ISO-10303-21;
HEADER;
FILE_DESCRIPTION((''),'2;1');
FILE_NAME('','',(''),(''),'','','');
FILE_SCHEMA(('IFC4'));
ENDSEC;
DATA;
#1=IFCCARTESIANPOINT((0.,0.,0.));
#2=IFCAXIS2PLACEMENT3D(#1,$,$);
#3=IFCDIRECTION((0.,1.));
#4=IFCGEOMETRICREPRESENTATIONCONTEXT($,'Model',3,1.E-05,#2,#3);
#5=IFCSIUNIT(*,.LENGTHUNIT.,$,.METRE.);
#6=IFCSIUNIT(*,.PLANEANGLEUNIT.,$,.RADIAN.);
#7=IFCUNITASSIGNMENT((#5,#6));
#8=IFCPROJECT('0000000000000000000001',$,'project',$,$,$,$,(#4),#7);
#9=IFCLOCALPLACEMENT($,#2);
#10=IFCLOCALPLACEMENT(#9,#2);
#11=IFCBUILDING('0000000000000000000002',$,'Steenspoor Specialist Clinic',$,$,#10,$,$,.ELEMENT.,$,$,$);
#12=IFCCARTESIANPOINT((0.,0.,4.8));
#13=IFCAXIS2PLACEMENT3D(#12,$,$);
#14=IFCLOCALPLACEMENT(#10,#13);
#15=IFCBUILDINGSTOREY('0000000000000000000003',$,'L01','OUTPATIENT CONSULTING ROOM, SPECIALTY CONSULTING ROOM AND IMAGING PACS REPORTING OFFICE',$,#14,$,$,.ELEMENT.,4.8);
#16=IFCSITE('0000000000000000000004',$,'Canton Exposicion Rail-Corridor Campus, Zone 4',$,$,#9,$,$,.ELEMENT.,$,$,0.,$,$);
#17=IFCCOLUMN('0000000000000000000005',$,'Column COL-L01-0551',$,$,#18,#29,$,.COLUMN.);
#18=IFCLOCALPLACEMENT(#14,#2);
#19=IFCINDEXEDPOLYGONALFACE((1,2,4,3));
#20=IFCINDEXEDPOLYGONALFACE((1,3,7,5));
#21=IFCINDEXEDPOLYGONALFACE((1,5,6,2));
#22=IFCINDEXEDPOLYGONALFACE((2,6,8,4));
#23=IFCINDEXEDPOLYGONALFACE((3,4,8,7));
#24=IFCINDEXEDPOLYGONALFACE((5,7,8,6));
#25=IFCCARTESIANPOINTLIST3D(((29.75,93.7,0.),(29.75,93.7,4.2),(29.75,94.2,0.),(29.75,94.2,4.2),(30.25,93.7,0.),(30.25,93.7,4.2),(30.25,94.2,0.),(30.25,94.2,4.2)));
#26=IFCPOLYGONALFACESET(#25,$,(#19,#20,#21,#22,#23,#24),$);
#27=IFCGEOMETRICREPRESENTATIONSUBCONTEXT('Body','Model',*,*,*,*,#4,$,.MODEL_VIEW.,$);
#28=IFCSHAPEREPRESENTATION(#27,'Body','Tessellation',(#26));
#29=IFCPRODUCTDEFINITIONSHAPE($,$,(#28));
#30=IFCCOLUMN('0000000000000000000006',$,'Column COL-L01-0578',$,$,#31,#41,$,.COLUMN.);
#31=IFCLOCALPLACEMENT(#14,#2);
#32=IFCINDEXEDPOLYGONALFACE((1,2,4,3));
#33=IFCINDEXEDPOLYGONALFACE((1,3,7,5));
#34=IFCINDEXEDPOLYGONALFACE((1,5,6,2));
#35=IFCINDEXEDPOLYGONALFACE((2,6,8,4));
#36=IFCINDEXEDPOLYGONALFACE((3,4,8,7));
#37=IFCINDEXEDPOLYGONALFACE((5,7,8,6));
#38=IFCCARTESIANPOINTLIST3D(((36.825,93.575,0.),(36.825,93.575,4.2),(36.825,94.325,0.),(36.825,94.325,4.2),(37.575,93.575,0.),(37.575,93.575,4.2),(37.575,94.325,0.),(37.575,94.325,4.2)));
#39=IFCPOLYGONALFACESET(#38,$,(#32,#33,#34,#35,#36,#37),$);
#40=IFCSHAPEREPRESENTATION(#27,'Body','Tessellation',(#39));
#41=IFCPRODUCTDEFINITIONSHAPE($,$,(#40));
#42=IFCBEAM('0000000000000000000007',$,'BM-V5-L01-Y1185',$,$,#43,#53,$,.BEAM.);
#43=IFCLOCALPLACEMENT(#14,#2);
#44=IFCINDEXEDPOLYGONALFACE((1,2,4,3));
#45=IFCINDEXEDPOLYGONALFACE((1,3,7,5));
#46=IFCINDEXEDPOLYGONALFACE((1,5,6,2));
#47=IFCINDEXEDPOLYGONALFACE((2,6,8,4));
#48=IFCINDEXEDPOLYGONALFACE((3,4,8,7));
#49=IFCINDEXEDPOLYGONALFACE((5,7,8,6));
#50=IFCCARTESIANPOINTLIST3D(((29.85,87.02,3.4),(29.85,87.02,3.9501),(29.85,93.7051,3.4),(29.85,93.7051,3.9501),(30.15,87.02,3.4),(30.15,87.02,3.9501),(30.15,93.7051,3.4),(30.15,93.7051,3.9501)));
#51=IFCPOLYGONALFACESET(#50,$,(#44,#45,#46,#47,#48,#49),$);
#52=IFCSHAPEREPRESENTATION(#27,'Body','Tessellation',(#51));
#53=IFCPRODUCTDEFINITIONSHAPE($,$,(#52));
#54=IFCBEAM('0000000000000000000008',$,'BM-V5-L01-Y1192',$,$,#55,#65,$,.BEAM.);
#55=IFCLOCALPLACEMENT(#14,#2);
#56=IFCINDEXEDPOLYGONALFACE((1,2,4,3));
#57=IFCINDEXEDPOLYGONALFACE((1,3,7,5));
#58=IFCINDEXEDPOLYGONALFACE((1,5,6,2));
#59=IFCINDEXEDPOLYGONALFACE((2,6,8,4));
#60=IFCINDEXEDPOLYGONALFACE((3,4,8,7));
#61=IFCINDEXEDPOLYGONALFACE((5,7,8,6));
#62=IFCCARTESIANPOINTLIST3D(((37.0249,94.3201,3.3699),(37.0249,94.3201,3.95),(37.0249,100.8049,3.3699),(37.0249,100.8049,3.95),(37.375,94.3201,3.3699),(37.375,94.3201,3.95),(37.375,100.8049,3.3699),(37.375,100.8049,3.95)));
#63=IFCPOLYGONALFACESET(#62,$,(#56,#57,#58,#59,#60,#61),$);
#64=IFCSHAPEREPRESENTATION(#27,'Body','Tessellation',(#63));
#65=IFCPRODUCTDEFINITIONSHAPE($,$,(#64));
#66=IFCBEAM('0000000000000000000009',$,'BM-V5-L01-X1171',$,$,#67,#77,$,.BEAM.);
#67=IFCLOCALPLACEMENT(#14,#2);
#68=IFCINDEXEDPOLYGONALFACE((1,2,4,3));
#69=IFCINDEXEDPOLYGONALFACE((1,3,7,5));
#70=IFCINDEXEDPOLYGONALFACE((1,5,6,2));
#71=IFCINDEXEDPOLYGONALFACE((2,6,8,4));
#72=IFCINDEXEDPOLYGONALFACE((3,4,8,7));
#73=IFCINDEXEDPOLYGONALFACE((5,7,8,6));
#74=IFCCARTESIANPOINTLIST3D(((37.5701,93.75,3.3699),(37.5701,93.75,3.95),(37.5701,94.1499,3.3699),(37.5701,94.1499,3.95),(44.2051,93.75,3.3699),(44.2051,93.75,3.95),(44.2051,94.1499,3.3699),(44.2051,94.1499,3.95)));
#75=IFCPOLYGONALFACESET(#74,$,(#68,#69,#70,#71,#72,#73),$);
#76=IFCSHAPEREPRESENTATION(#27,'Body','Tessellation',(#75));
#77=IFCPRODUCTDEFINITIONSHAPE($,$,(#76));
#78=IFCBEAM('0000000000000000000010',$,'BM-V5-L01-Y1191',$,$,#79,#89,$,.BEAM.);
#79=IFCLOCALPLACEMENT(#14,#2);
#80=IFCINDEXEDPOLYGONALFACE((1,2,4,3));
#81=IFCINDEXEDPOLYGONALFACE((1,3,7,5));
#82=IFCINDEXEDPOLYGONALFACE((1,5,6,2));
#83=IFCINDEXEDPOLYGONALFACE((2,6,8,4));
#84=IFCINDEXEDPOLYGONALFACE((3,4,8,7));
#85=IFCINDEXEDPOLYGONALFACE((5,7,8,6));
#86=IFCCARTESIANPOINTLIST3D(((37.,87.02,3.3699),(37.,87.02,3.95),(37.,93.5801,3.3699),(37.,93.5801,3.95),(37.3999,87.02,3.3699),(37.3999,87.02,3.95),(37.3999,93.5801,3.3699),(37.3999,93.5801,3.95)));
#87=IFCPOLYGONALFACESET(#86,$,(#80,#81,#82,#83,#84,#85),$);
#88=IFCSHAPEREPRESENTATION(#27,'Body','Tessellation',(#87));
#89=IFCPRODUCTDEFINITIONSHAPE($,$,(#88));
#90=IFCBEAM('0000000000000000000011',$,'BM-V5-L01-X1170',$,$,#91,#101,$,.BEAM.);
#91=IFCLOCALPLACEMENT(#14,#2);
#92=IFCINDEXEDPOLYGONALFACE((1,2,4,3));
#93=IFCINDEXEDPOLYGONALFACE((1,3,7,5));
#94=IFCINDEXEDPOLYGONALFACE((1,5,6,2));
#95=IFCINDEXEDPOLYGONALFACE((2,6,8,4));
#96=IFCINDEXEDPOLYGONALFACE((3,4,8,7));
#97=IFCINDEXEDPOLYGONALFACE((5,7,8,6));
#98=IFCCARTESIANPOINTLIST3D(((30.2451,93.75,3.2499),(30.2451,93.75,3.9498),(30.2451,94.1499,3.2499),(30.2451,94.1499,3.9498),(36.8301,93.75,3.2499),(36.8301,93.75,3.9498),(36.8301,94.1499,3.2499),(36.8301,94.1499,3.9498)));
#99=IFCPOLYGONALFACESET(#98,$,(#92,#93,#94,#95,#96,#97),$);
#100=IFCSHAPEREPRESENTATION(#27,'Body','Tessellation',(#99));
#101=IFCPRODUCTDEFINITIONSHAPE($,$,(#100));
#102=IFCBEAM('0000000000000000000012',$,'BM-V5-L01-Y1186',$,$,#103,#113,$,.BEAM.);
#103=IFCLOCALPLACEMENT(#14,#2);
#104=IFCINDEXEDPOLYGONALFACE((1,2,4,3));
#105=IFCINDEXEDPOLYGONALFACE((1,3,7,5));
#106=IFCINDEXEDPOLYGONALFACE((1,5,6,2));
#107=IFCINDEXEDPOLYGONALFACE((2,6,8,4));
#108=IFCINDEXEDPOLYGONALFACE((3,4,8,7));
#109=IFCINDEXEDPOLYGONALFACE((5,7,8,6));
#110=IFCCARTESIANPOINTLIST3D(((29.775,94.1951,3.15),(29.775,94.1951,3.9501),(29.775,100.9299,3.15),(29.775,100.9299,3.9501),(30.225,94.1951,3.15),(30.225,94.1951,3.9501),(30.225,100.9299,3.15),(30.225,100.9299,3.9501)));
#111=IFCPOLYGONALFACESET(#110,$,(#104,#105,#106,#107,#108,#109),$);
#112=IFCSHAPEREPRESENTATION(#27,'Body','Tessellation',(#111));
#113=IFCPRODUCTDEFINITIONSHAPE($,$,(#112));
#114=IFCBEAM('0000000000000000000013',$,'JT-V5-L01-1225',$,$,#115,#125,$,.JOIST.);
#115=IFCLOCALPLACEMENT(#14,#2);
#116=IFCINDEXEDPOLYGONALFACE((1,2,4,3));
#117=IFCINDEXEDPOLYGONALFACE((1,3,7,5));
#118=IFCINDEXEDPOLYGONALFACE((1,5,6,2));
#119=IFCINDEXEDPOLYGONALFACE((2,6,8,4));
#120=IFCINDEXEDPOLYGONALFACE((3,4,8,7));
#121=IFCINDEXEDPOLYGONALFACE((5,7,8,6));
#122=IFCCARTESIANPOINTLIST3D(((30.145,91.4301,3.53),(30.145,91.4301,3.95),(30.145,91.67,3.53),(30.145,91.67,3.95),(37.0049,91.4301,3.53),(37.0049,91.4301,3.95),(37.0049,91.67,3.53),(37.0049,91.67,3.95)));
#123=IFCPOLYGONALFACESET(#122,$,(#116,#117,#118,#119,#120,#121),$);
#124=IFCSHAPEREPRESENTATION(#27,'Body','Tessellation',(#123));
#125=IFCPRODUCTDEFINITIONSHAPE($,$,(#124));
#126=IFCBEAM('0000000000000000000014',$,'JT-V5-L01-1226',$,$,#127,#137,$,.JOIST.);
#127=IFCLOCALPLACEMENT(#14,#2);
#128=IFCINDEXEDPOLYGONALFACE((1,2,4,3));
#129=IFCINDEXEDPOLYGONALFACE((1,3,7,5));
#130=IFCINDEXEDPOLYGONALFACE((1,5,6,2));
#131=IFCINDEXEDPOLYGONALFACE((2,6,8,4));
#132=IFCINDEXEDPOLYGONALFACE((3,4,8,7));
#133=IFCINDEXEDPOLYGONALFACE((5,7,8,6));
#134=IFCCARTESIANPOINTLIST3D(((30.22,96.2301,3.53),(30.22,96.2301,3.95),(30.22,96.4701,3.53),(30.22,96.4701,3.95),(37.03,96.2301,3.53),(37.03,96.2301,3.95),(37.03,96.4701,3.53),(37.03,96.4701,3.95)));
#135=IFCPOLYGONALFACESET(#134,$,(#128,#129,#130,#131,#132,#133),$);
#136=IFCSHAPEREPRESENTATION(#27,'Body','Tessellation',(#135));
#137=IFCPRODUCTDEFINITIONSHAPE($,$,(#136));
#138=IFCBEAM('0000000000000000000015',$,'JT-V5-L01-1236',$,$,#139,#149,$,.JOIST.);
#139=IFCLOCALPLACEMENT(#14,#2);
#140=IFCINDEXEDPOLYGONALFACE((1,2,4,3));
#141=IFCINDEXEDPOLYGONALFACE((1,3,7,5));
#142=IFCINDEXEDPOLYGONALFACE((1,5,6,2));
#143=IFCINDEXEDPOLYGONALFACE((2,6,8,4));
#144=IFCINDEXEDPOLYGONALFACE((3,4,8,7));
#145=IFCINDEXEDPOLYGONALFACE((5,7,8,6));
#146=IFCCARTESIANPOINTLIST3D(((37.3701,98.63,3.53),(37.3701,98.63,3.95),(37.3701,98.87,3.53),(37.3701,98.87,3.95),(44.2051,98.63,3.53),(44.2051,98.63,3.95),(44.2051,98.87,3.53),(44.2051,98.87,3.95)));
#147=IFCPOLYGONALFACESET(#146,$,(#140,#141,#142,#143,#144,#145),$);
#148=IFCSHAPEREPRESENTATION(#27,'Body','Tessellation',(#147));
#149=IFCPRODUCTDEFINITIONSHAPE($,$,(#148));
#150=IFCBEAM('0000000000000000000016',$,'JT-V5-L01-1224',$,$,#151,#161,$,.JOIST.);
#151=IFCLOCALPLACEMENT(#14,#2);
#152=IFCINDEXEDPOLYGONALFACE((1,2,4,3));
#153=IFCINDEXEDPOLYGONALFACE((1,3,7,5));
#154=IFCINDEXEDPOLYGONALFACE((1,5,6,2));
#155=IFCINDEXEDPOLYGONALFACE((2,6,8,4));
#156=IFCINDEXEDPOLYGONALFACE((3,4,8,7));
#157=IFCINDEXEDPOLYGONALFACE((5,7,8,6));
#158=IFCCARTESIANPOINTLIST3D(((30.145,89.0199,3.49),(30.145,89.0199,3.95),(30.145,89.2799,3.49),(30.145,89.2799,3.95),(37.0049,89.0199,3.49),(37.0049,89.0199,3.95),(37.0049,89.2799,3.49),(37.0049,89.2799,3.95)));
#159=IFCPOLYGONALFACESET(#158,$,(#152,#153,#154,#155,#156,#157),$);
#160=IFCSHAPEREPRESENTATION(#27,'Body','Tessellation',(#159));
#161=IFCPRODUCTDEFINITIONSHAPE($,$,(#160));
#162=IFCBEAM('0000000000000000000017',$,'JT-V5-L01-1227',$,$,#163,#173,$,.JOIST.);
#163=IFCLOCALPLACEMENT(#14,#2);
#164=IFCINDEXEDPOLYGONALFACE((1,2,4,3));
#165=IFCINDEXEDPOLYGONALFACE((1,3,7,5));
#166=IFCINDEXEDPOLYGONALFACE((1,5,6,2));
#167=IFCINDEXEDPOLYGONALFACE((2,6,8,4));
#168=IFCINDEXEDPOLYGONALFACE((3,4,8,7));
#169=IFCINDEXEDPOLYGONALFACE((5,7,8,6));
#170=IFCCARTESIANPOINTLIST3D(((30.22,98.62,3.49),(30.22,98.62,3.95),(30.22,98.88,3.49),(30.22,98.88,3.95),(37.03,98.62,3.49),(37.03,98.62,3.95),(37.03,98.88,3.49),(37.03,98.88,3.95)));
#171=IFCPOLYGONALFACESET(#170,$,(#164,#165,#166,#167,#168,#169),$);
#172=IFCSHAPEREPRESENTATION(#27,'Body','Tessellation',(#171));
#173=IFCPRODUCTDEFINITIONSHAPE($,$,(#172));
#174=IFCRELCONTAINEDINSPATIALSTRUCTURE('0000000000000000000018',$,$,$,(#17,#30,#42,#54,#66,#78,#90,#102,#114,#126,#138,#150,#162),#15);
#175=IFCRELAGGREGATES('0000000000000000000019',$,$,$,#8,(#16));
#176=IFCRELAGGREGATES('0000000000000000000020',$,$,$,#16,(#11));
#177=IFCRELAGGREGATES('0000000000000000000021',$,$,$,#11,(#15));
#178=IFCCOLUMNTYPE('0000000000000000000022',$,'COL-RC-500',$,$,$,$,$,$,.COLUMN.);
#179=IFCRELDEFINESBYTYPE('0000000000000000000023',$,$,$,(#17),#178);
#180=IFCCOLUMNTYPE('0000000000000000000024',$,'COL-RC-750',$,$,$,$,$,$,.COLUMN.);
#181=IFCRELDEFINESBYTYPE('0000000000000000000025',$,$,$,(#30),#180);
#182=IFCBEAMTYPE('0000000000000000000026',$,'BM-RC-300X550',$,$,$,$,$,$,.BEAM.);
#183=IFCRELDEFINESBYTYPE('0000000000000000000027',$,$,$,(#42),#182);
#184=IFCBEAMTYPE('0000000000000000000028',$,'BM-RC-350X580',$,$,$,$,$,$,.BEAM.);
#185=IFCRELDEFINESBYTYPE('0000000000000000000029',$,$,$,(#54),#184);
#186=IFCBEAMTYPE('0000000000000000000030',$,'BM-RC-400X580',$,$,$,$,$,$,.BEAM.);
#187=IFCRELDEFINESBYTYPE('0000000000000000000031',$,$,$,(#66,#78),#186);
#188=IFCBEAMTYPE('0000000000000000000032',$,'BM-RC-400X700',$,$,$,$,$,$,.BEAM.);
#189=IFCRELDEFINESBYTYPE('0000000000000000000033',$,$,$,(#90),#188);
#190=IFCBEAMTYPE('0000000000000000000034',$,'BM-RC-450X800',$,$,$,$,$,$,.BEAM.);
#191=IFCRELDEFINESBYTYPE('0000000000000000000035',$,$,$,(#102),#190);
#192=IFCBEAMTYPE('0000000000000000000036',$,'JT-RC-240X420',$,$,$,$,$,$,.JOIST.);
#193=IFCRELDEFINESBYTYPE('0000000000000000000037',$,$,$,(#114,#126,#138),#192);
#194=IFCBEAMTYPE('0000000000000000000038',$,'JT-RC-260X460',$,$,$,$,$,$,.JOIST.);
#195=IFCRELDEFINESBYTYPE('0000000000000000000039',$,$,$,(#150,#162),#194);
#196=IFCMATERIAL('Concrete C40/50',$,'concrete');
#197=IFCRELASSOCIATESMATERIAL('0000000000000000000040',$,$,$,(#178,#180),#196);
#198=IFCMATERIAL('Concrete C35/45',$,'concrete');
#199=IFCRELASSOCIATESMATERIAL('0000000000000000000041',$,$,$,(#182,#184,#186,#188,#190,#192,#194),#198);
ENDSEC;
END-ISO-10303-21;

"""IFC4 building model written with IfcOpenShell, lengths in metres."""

from ifc_helpers import new_model, si_unit, direction, frame, origin, origin_2d, place, context, subcontext, project, spatial, rectangle, extrude, material, material_profile, profile_set, type_object, element, save


model = new_model("IFC4")

# Units and contexts
model_context = context("Model", 3, precision=1e-05, world=origin(), true_north=direction((0.0, 1.0)))
body_context = subcontext(model_context, "Body", "Model", "MODEL_VIEW")
ifc_project = project(units=[si_unit("LENGTHUNIT", "METRE"), si_unit("PLANEANGLEUNIT", "RADIAN")], contexts=[model_context])

# Site, building, storey
site_placement = place(None, origin())
site = spatial("IfcSite", under=ifc_project, at=site_placement, Name="Canton Exposicion Rail-Corridor Campus, Zone 4", CompositionType="ELEMENT", RefElevation=0.0)
building_placement = place(site_placement, origin())
building = spatial("IfcBuilding", under=site, at=building_placement, Name="Steenspoor Specialist Clinic", CompositionType="ELEMENT")
storey_placement = place(building_placement, frame((0.0, 0.0, 4.8)))
storey = spatial("IfcBuildingStorey", under=building, at=storey_placement, Name="L01", Description="OUTPATIENT CONSULTING ROOM, SPECIALTY CONSULTING ROOM AND IMAGING PACS REPORTING OFFICE", CompositionType="ELEMENT", Elevation=4.8)

# Columns
ifc_material_1 = material(Name="Concrete C40/50", Category="concrete")
ifc_material_profile_1 = material_profile(ifc_material_1, rectangle(XDim=0.5, YDim=0.5, at=origin_2d()), Name="RC-COL-500X500")
ifc_profile_set_1 = profile_set([ifc_material_profile_1], Name="Concrete C40/50")
column_type_1 = type_object("IfcColumnType", Name="COL-RC-500", PredefinedType="COLUMN", material=ifc_profile_set_1)
column_1_placement = place(storey_placement, frame((30.0, 93.95, 0.0), z_axis=(0.0, 0.0, 1.0), x_axis=(1.0, 0.0, 0.0)))
element("IfcColumn", 1, at=column_1_placement, inside=storey, type_object=column_type_1, Name="Column COL-L01-0551", PredefinedType="COLUMN", context=body_context, shape_type="SweptSolid", body=[
    extrude(rectangle(XDim=0.5, YDim=0.5, at=origin_2d()), origin(), (0.0, 0.0, 1.0), 4.2),
])
ifc_material_profile_2 = material_profile(ifc_material_1, rectangle(XDim=0.75, YDim=0.75, at=origin_2d()), Name="RC-COL-750X750")
ifc_profile_set_2 = profile_set([ifc_material_profile_2], Name="Concrete C40/50")
column_type_2 = type_object("IfcColumnType", Name="COL-RC-750", PredefinedType="COLUMN", material=ifc_profile_set_2)
column_2_placement = place(storey_placement, frame((37.2, 93.95, 0.0), z_axis=(0.0, 0.0, 1.0), x_axis=(1.0, 0.0, 0.0)))
element("IfcColumn", 2, at=column_2_placement, inside=storey, type_object=column_type_2, Name="Column COL-L01-0578", PredefinedType="COLUMN", context=body_context, shape_type="SweptSolid", body=[
    extrude(rectangle(XDim=0.75, YDim=0.75, at=origin_2d()), origin(), (0.0, 0.0, 1.0), 4.2),
])

# Beams
ifc_material_2 = material(Name="Concrete C35/45", Category="concrete")
ifc_material_profile_3 = material_profile(ifc_material_2, rectangle(XDim=0.3, YDim=0.55, at=origin_2d()), Name="RC-BM-300X550")
ifc_profile_set_3 = profile_set([ifc_material_profile_3], Name="Concrete C35/45")
beam_type_1 = type_object("IfcBeamType", Name="BM-RC-300X550", PredefinedType="BEAM", material=ifc_profile_set_3)
beam_1_placement = place(storey_placement, frame((30.0, 87.02, 3.675), z_axis=(0.0, 1.0, 0.0), x_axis=(-1.0, 0.0, 0.0)))
element("IfcBeam", 3, at=beam_1_placement, inside=storey, type_object=beam_type_1, Name="BM-V5-L01-Y1185", PredefinedType="BEAM", context=body_context, shape_type="SweptSolid", body=[
    extrude(rectangle(XDim=0.3, YDim=0.55, at=origin_2d()), origin(), (0.0, 0.0, 1.0), 6.6851),
])
ifc_material_profile_4 = material_profile(ifc_material_2, rectangle(XDim=0.3501, YDim=0.5801, at=origin_2d()), Name="RC-BM-350X580")
ifc_profile_set_4 = profile_set([ifc_material_profile_4], Name="Concrete C35/45")
beam_type_2 = type_object("IfcBeamType", Name="BM-RC-350X580", PredefinedType="BEAM", material=ifc_profile_set_4)
beam_2_placement = place(storey_placement, frame((37.2, 94.3201, 3.6599), z_axis=(0.0, 1.0, 0.0), x_axis=(-1.0, 0.0, 0.0)))
element("IfcBeam", 4, at=beam_2_placement, inside=storey, type_object=beam_type_2, Name="BM-V5-L01-Y1192", PredefinedType="BEAM", context=body_context, shape_type="SweptSolid", body=[
    extrude(rectangle(XDim=0.3501, YDim=0.5801, at=origin_2d()), origin(), (0.0, 0.0, 1.0), 6.4849),
])
ifc_material_profile_5 = material_profile(ifc_material_2, rectangle(XDim=0.3999, YDim=0.5801, at=origin_2d()), Name="RC-BM-400X580")
ifc_profile_set_5 = profile_set([ifc_material_profile_5], Name="Concrete C35/45")
beam_type_3 = type_object("IfcBeamType", Name="BM-RC-400X580", PredefinedType="BEAM", material=ifc_profile_set_5)
beam_3_placement = place(storey_placement, frame((37.5701, 93.95, 3.6599), z_axis=(1.0, 0.0, 0.0), x_axis=(0.0, 1.0, 0.0)))
element("IfcBeam", 5, at=beam_3_placement, inside=storey, type_object=beam_type_3, Name="BM-V5-L01-X1171", PredefinedType="BEAM", context=body_context, shape_type="SweptSolid", body=[
    extrude(rectangle(XDim=0.3999, YDim=0.5801, at=origin_2d()), origin(), (0.0, 0.0, 1.0), 6.635),
])
beam_4_placement = place(storey_placement, frame((37.2, 87.02, 3.6599), z_axis=(0.0, 1.0, 0.0), x_axis=(-1.0, 0.0, 0.0)))
element("IfcBeam", 6, at=beam_4_placement, inside=storey, type_object=beam_type_3, Name="BM-V5-L01-Y1191", PredefinedType="BEAM", context=body_context, shape_type="SweptSolid", body=[
    extrude(rectangle(XDim=0.3999, YDim=0.5801, at=origin_2d()), origin(), (0.0, 0.0, 1.0), 6.5601),
])
ifc_material_profile_6 = material_profile(ifc_material_2, rectangle(XDim=0.3999, YDim=0.7, at=origin_2d()), Name="RC-BM-400X700")
ifc_profile_set_6 = profile_set([ifc_material_profile_6], Name="Concrete C35/45")
beam_type_4 = type_object("IfcBeamType", Name="BM-RC-400X700", PredefinedType="BEAM", material=ifc_profile_set_6)
beam_5_placement = place(storey_placement, frame((30.2451, 93.95, 3.5999), z_axis=(1.0, 0.0, 0.0), x_axis=(0.0, 1.0, 0.0)))
element("IfcBeam", 7, at=beam_5_placement, inside=storey, type_object=beam_type_4, Name="BM-V5-L01-X1170", PredefinedType="BEAM", context=body_context, shape_type="SweptSolid", body=[
    extrude(rectangle(XDim=0.3999, YDim=0.7, at=origin_2d()), origin(), (0.0, 0.0, 1.0), 6.585),
])
ifc_material_profile_7 = material_profile(ifc_material_2, rectangle(XDim=0.45, YDim=0.8, at=origin_2d()), Name="RC-BM-450X800")
ifc_profile_set_7 = profile_set([ifc_material_profile_7], Name="Concrete C35/45")
beam_type_5 = type_object("IfcBeamType", Name="BM-RC-450X800", PredefinedType="BEAM", material=ifc_profile_set_7)
beam_6_placement = place(storey_placement, frame((30.0, 94.1951, 3.55), z_axis=(0.0, 1.0, 0.0), x_axis=(-1.0, 0.0, 0.0)))
element("IfcBeam", 8, at=beam_6_placement, inside=storey, type_object=beam_type_5, Name="BM-V5-L01-Y1186", PredefinedType="BEAM", context=body_context, shape_type="SweptSolid", body=[
    extrude(rectangle(XDim=0.45, YDim=0.8, at=origin_2d()), origin(), (0.0, 0.0, 1.0), 6.7349),
])
ifc_material_profile_8 = material_profile(ifc_material_2, rectangle(XDim=0.24, YDim=0.4199, at=origin_2d()), Name="RC-JT-240X420")
ifc_profile_set_8 = profile_set([ifc_material_profile_8], Name="Concrete C35/45")
beam_type_6 = type_object("IfcBeamType", Name="JT-RC-240X420", PredefinedType="JOIST", material=ifc_profile_set_8)
beam_7_placement = place(storey_placement, frame((30.145, 91.55, 3.74), z_axis=(1.0, 0.0, 0.0), x_axis=(0.0, 1.0, 0.0)))
element("IfcBeam", 9, at=beam_7_placement, inside=storey, type_object=beam_type_6, Name="JT-V5-L01-1225", PredefinedType="JOIST", context=body_context, shape_type="SweptSolid", body=[
    extrude(rectangle(XDim=0.24, YDim=0.4199, at=origin_2d()), origin(), (0.0, 0.0, 1.0), 6.8599),
])
beam_8_placement = place(storey_placement, frame((30.22, 96.3501, 3.74), z_axis=(1.0, 0.0, 0.0), x_axis=(0.0, 1.0, 0.0)))
element("IfcBeam", 10, at=beam_8_placement, inside=storey, type_object=beam_type_6, Name="JT-V5-L01-1226", PredefinedType="JOIST", context=body_context, shape_type="SweptSolid", body=[
    extrude(rectangle(XDim=0.24, YDim=0.4199, at=origin_2d()), origin(), (0.0, 0.0, 1.0), 6.8101),
])
beam_9_placement = place(storey_placement, frame((37.3701, 98.75, 3.74), z_axis=(1.0, 0.0, 0.0), x_axis=(0.0, 1.0, 0.0)))
element("IfcBeam", 11, at=beam_9_placement, inside=storey, type_object=beam_type_6, Name="JT-V5-L01-1236", PredefinedType="JOIST", context=body_context, shape_type="SweptSolid", body=[
    extrude(rectangle(XDim=0.24, YDim=0.4199, at=origin_2d()), origin(), (0.0, 0.0, 1.0), 6.835),
])
ifc_material_profile_9 = material_profile(ifc_material_2, rectangle(XDim=0.26, YDim=0.46, at=origin_2d()), Name="RC-JT-260X460")
ifc_profile_set_9 = profile_set([ifc_material_profile_9], Name="Concrete C35/45")
beam_type_7 = type_object("IfcBeamType", Name="JT-RC-260X460", PredefinedType="JOIST", material=ifc_profile_set_9)
beam_10_placement = place(storey_placement, frame((30.145, 89.1499, 3.72), z_axis=(1.0, 0.0, 0.0), x_axis=(0.0, 1.0, 0.0)))
element("IfcBeam", 12, at=beam_10_placement, inside=storey, type_object=beam_type_7, Name="JT-V5-L01-1224", PredefinedType="JOIST", context=body_context, shape_type="SweptSolid", body=[
    extrude(rectangle(XDim=0.26, YDim=0.46, at=origin_2d()), origin(), (0.0, 0.0, 1.0), 6.8599),
])
beam_11_placement = place(storey_placement, frame((30.22, 98.75, 3.72), z_axis=(1.0, 0.0, 0.0), x_axis=(0.0, 1.0, 0.0)))
element("IfcBeam", 13, at=beam_11_placement, inside=storey, type_object=beam_type_7, Name="JT-V5-L01-1227", PredefinedType="JOIST", context=body_context, shape_type="SweptSolid", body=[
    extrude(rectangle(XDim=0.26, YDim=0.46, at=origin_2d()), origin(), (0.0, 0.0, 1.0), 6.8101),
])

save(model, "model.ifc")
